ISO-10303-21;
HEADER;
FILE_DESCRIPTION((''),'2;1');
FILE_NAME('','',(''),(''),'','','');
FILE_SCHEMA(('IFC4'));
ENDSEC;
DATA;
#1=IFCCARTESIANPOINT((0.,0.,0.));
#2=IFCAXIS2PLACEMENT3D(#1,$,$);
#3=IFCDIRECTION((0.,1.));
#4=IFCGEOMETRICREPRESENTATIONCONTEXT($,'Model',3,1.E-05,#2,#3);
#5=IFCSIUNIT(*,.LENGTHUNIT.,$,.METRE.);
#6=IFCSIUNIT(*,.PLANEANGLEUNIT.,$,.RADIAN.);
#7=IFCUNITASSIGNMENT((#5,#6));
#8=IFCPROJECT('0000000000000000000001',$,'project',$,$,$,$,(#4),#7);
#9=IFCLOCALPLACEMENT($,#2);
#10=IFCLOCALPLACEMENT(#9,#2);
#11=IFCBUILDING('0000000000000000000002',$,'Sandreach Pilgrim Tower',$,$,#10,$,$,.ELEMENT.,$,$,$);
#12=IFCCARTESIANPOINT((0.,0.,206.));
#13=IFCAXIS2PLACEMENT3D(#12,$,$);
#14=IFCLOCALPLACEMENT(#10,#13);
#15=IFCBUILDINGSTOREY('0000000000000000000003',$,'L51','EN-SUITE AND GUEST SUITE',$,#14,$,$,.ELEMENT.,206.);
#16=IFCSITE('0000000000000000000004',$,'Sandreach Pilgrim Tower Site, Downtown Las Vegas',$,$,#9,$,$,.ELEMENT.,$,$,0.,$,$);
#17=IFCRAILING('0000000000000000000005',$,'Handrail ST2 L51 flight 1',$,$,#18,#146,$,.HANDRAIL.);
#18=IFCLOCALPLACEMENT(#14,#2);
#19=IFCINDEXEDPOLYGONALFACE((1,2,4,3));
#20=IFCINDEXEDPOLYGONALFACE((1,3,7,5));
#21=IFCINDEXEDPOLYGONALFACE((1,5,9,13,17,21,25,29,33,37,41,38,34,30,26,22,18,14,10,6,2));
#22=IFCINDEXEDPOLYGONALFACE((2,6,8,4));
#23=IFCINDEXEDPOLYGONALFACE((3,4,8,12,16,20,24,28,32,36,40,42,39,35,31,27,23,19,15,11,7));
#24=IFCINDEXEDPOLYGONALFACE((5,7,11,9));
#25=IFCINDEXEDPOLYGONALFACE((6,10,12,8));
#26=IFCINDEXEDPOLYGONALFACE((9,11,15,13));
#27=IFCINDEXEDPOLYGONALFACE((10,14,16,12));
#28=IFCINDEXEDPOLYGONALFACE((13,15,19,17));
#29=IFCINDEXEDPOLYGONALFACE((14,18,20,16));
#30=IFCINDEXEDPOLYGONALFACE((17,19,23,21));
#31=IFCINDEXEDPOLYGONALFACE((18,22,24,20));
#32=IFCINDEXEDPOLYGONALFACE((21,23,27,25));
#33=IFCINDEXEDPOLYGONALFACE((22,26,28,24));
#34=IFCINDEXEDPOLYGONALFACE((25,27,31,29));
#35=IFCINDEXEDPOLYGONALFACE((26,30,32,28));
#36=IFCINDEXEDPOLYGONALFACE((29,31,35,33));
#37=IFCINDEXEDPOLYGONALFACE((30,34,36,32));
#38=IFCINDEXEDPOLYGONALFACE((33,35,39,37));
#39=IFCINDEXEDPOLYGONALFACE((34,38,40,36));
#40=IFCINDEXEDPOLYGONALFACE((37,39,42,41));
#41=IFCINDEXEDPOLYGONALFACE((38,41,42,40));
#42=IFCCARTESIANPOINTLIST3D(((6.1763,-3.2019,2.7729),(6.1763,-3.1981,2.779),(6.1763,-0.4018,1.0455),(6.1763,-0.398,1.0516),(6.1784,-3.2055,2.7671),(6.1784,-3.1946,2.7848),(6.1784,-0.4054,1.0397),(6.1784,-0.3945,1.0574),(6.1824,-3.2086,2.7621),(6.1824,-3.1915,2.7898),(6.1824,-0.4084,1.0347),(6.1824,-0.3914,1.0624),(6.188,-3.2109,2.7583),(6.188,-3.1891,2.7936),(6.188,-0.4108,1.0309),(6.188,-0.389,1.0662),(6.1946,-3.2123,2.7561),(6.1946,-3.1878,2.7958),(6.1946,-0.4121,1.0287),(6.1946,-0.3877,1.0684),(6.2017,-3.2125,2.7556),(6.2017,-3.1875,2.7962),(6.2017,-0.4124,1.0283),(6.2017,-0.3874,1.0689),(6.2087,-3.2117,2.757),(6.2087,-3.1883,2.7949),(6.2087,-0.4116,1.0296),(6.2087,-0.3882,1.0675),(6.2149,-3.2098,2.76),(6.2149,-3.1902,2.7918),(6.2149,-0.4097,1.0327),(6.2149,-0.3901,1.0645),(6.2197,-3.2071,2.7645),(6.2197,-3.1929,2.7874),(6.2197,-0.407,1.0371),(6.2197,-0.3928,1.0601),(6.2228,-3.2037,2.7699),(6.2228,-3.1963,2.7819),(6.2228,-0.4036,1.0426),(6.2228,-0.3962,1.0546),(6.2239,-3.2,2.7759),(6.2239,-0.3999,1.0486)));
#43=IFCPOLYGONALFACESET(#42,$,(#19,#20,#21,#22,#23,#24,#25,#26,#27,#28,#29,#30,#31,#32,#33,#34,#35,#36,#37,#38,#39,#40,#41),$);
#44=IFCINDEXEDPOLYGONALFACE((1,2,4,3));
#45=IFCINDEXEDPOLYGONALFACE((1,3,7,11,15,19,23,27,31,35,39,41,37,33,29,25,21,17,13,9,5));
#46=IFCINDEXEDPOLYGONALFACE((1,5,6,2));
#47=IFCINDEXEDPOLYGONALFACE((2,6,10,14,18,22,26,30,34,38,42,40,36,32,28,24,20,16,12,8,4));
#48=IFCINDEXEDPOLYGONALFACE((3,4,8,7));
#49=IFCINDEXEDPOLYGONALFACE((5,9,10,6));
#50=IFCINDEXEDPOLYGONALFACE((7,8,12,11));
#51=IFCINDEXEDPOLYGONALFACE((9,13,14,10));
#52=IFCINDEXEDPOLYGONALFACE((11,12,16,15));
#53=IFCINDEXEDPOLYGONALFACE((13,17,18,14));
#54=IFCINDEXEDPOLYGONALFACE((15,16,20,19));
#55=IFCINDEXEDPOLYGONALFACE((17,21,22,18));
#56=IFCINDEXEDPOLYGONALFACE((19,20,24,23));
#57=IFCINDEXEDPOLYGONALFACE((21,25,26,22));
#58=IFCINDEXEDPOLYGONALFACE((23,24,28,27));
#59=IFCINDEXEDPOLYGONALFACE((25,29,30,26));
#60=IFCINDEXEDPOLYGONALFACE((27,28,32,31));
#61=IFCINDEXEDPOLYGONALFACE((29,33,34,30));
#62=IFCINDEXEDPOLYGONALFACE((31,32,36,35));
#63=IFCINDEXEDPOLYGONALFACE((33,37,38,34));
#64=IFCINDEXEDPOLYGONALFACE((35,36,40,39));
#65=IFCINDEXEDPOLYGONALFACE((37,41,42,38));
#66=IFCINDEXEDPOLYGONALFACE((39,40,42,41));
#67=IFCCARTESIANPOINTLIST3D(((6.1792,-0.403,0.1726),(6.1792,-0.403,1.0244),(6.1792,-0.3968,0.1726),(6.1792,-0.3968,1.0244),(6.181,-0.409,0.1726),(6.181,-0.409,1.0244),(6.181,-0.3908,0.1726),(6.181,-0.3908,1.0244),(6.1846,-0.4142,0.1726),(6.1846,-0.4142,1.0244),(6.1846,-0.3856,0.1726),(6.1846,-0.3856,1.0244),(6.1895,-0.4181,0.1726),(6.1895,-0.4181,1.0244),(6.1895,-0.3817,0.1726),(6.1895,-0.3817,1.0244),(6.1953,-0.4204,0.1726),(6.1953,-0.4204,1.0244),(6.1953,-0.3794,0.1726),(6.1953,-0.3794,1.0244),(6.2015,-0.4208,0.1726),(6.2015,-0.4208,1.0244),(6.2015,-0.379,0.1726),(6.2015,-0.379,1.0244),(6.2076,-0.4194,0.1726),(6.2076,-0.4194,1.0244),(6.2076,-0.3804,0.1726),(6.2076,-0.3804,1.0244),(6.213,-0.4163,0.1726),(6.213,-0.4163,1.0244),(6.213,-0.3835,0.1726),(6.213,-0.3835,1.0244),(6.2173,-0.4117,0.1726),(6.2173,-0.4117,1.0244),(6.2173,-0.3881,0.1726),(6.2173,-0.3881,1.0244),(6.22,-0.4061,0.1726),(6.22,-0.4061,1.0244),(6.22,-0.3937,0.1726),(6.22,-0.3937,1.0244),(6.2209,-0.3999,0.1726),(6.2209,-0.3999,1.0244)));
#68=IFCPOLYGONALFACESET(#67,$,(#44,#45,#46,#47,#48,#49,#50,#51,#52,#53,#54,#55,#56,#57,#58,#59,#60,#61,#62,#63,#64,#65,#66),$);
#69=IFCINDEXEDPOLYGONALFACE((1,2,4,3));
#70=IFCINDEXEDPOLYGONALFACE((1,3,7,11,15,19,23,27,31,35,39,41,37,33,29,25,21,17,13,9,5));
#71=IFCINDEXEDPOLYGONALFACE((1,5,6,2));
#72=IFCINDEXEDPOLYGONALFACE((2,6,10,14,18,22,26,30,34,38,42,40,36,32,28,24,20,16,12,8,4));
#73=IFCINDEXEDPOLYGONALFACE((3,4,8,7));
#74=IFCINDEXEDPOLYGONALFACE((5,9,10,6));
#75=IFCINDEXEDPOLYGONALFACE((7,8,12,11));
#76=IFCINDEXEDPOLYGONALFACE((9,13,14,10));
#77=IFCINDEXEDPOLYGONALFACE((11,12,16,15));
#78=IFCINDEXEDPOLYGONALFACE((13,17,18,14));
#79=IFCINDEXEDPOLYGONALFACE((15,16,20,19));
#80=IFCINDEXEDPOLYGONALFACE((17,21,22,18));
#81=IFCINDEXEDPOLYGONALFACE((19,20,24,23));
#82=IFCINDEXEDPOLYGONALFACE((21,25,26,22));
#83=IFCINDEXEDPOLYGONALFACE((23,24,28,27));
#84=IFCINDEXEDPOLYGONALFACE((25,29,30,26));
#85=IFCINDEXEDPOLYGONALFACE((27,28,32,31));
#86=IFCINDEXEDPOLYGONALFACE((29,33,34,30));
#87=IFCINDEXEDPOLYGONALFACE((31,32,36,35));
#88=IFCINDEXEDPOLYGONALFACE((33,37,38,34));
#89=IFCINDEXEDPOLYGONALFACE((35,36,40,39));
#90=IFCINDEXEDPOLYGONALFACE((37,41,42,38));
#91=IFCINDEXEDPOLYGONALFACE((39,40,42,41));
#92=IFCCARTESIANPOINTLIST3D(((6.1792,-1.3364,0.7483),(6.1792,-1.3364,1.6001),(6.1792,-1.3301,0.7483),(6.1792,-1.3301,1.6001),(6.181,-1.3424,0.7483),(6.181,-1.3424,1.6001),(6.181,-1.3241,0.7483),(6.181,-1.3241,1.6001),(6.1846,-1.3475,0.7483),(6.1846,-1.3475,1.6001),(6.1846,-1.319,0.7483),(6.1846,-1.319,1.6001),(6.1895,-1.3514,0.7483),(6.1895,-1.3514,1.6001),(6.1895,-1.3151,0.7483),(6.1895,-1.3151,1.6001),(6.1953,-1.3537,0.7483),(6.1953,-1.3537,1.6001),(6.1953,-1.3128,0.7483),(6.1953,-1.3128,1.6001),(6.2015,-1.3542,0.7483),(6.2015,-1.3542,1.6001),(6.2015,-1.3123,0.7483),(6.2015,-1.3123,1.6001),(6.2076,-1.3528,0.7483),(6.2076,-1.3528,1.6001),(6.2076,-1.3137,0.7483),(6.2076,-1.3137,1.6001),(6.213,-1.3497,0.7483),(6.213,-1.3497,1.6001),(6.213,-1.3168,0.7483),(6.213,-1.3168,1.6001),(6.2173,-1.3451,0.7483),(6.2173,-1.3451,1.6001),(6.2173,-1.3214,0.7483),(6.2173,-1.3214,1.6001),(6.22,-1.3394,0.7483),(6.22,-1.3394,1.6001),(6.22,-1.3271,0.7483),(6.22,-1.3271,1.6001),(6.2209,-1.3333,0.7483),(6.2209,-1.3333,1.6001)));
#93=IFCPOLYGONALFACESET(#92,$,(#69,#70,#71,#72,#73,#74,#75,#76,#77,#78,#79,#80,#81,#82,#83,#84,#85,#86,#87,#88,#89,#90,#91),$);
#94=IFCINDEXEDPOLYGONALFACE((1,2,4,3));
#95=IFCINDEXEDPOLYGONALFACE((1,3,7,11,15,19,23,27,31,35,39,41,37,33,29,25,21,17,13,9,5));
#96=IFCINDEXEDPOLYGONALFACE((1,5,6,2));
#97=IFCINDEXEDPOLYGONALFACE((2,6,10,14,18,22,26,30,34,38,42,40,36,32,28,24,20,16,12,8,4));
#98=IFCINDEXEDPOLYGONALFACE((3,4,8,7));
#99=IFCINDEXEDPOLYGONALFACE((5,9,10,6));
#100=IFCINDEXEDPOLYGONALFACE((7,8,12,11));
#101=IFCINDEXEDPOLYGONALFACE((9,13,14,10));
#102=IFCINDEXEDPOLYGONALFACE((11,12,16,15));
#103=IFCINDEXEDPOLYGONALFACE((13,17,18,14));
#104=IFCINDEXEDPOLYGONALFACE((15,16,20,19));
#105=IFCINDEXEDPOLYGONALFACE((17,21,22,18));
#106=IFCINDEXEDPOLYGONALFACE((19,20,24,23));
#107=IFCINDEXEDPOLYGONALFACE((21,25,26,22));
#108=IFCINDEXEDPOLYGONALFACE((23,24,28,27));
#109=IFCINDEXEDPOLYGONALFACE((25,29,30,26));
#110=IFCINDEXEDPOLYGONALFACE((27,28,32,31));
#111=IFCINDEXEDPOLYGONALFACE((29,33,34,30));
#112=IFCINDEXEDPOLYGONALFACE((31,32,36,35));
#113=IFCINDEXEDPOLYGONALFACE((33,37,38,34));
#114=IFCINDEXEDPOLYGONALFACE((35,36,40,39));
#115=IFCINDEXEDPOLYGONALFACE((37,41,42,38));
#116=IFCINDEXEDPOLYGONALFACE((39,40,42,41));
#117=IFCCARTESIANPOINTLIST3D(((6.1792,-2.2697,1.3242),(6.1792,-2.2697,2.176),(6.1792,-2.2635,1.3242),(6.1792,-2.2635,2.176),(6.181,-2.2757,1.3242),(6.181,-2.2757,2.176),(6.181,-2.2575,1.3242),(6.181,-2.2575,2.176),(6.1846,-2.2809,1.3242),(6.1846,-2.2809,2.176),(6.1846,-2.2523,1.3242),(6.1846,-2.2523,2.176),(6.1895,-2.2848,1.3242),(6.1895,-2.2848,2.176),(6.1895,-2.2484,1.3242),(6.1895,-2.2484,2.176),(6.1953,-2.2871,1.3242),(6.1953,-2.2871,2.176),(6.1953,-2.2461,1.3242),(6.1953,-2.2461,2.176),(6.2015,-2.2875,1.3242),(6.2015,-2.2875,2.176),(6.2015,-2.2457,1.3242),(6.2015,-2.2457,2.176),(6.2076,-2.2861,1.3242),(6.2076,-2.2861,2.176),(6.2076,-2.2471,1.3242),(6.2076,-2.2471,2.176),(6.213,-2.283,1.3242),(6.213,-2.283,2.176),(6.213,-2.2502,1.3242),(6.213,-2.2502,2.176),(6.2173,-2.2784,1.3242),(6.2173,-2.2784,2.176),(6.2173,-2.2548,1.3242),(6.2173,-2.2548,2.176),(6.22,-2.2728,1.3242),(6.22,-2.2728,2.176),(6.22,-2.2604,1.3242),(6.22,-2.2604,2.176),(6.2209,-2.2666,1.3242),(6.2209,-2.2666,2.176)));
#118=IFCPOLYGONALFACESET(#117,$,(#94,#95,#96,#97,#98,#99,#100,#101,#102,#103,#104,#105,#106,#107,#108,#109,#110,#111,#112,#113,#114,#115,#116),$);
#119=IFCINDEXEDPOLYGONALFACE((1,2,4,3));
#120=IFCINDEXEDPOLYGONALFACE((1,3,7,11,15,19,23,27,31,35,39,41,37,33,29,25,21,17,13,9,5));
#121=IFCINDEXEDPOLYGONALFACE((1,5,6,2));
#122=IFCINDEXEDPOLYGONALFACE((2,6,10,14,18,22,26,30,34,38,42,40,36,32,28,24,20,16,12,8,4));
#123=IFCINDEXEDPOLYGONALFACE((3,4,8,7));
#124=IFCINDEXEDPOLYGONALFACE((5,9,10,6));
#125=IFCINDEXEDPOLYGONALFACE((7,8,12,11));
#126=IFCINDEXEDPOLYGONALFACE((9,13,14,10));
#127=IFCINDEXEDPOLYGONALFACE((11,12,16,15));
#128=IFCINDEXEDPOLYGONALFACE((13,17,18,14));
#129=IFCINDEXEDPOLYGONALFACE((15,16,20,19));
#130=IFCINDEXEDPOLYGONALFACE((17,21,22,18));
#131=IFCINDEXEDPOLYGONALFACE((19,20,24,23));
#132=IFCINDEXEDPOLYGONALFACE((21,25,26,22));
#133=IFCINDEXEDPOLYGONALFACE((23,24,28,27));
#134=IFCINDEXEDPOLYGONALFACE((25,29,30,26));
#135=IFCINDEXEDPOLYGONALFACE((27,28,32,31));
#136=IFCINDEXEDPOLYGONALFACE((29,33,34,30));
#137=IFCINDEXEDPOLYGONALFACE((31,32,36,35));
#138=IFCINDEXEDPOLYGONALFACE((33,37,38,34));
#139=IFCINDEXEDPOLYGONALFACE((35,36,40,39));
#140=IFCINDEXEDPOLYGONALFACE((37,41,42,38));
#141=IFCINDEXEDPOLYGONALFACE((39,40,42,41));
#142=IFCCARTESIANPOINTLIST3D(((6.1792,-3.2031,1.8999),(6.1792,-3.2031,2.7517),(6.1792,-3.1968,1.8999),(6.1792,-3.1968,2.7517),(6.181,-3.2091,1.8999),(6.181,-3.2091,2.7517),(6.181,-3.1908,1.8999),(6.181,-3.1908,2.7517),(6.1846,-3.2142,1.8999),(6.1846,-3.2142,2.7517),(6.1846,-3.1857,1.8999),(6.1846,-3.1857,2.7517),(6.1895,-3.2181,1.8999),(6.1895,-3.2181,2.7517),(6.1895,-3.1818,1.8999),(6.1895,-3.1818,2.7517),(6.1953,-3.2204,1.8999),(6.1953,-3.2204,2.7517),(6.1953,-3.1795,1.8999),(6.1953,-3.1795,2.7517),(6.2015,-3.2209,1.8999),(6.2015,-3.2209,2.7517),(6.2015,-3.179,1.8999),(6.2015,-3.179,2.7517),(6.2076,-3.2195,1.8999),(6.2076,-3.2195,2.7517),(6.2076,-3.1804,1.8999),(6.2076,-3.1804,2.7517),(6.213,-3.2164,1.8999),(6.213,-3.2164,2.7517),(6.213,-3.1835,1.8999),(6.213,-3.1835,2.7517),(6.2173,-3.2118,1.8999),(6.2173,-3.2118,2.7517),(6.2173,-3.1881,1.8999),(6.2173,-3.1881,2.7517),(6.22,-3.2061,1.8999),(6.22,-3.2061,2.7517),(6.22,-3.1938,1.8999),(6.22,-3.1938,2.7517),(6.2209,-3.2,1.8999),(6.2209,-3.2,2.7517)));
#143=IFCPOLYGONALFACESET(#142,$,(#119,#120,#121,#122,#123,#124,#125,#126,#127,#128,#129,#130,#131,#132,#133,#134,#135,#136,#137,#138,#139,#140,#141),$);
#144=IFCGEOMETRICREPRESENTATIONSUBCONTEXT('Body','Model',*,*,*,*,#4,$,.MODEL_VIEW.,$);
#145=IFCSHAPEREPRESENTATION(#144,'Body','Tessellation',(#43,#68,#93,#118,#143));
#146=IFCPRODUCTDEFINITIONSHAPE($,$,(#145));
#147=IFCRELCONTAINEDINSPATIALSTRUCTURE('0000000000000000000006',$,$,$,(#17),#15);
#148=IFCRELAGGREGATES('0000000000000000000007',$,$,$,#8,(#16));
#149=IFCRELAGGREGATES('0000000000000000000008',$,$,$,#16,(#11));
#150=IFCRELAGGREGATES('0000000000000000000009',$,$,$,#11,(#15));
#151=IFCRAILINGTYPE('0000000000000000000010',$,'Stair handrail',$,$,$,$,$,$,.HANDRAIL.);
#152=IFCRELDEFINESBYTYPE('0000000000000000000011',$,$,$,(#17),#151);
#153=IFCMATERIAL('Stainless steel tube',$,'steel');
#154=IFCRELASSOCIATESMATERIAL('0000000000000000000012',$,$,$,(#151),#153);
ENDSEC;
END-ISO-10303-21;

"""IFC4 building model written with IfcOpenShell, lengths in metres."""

from ifc_helpers import new_model, si_unit, direction, frame, origin, origin_2d, place, context, subcontext, project, spatial, circle, extrude, material, type_object, element, save


model = new_model("IFC4")

# Units and contexts
model_context = context("Model", 3, precision=1e-05, world=origin(), true_north=direction((0.0, 1.0)))
body_context = subcontext(model_context, "Body", "Model", "MODEL_VIEW")
ifc_project = project(units=[si_unit("LENGTHUNIT", "METRE"), si_unit("PLANEANGLEUNIT", "RADIAN")], contexts=[model_context])

# Site, building, storey
site_placement = place(None, origin())
site = spatial("IfcSite", under=ifc_project, at=site_placement, Name="Sandreach Pilgrim Tower Site, Downtown Las Vegas", CompositionType="ELEMENT", RefElevation=0.0)
building_placement = place(site_placement, origin())
building = spatial("IfcBuilding", under=site, at=building_placement, Name="Sandreach Pilgrim Tower", CompositionType="ELEMENT")
storey_placement = place(building_placement, frame((0.0, 0.0, 206.0)))
storey = spatial("IfcBuildingStorey", under=building, at=storey_placement, Name="L51", Description="EN-SUITE AND GUEST SUITE", CompositionType="ELEMENT", Elevation=206.0)

# Railing
ifc_material_1 = material(Name="Stainless steel tube", Category="steel")
railing_type = type_object("IfcRailingType", Name="Stair handrail", PredefinedType="HANDRAIL", material=ifc_material_1)
for number, where, name in (
    (1, (6.2, -0.3999, 0.1726), "Handrail ST2 L51 flight 1"),
):
    element("IfcRailing", number, at=place(storey_placement, frame(where)), inside=storey, type_object=railing_type, Name=name, PredefinedType="HANDRAIL", context=body_context, shape_type="SweptSolid", body=[
        extrude(circle(Radius=0.0239, at=origin_2d()), frame((0.0, 0.0, 0.876), z_axis=(0.0, -0.85109, 0.52502), x_axis=(1.0, 0.0, 0.0)), (0.0, 0.0, 1.0), 3.29),
        extrude(circle(Radius=0.021, at=origin_2d()), origin(), (0.0, 0.0, 1.0), 0.8518),
        extrude(circle(Radius=0.021, at=origin_2d()), frame((0.0, -0.9333, 0.5757)), (0.0, 0.0, 1.0), 0.8518),
        extrude(circle(Radius=0.021, at=origin_2d()), frame((0.0, -1.8667, 1.1516)), (0.0, 0.0, 1.0), 0.8518),
        extrude(circle(Radius=0.021, at=origin_2d()), frame((0.0, -2.8, 1.7273)), (0.0, 0.0, 1.0), 0.8518),
    ])

save(model, "model.ifc")
